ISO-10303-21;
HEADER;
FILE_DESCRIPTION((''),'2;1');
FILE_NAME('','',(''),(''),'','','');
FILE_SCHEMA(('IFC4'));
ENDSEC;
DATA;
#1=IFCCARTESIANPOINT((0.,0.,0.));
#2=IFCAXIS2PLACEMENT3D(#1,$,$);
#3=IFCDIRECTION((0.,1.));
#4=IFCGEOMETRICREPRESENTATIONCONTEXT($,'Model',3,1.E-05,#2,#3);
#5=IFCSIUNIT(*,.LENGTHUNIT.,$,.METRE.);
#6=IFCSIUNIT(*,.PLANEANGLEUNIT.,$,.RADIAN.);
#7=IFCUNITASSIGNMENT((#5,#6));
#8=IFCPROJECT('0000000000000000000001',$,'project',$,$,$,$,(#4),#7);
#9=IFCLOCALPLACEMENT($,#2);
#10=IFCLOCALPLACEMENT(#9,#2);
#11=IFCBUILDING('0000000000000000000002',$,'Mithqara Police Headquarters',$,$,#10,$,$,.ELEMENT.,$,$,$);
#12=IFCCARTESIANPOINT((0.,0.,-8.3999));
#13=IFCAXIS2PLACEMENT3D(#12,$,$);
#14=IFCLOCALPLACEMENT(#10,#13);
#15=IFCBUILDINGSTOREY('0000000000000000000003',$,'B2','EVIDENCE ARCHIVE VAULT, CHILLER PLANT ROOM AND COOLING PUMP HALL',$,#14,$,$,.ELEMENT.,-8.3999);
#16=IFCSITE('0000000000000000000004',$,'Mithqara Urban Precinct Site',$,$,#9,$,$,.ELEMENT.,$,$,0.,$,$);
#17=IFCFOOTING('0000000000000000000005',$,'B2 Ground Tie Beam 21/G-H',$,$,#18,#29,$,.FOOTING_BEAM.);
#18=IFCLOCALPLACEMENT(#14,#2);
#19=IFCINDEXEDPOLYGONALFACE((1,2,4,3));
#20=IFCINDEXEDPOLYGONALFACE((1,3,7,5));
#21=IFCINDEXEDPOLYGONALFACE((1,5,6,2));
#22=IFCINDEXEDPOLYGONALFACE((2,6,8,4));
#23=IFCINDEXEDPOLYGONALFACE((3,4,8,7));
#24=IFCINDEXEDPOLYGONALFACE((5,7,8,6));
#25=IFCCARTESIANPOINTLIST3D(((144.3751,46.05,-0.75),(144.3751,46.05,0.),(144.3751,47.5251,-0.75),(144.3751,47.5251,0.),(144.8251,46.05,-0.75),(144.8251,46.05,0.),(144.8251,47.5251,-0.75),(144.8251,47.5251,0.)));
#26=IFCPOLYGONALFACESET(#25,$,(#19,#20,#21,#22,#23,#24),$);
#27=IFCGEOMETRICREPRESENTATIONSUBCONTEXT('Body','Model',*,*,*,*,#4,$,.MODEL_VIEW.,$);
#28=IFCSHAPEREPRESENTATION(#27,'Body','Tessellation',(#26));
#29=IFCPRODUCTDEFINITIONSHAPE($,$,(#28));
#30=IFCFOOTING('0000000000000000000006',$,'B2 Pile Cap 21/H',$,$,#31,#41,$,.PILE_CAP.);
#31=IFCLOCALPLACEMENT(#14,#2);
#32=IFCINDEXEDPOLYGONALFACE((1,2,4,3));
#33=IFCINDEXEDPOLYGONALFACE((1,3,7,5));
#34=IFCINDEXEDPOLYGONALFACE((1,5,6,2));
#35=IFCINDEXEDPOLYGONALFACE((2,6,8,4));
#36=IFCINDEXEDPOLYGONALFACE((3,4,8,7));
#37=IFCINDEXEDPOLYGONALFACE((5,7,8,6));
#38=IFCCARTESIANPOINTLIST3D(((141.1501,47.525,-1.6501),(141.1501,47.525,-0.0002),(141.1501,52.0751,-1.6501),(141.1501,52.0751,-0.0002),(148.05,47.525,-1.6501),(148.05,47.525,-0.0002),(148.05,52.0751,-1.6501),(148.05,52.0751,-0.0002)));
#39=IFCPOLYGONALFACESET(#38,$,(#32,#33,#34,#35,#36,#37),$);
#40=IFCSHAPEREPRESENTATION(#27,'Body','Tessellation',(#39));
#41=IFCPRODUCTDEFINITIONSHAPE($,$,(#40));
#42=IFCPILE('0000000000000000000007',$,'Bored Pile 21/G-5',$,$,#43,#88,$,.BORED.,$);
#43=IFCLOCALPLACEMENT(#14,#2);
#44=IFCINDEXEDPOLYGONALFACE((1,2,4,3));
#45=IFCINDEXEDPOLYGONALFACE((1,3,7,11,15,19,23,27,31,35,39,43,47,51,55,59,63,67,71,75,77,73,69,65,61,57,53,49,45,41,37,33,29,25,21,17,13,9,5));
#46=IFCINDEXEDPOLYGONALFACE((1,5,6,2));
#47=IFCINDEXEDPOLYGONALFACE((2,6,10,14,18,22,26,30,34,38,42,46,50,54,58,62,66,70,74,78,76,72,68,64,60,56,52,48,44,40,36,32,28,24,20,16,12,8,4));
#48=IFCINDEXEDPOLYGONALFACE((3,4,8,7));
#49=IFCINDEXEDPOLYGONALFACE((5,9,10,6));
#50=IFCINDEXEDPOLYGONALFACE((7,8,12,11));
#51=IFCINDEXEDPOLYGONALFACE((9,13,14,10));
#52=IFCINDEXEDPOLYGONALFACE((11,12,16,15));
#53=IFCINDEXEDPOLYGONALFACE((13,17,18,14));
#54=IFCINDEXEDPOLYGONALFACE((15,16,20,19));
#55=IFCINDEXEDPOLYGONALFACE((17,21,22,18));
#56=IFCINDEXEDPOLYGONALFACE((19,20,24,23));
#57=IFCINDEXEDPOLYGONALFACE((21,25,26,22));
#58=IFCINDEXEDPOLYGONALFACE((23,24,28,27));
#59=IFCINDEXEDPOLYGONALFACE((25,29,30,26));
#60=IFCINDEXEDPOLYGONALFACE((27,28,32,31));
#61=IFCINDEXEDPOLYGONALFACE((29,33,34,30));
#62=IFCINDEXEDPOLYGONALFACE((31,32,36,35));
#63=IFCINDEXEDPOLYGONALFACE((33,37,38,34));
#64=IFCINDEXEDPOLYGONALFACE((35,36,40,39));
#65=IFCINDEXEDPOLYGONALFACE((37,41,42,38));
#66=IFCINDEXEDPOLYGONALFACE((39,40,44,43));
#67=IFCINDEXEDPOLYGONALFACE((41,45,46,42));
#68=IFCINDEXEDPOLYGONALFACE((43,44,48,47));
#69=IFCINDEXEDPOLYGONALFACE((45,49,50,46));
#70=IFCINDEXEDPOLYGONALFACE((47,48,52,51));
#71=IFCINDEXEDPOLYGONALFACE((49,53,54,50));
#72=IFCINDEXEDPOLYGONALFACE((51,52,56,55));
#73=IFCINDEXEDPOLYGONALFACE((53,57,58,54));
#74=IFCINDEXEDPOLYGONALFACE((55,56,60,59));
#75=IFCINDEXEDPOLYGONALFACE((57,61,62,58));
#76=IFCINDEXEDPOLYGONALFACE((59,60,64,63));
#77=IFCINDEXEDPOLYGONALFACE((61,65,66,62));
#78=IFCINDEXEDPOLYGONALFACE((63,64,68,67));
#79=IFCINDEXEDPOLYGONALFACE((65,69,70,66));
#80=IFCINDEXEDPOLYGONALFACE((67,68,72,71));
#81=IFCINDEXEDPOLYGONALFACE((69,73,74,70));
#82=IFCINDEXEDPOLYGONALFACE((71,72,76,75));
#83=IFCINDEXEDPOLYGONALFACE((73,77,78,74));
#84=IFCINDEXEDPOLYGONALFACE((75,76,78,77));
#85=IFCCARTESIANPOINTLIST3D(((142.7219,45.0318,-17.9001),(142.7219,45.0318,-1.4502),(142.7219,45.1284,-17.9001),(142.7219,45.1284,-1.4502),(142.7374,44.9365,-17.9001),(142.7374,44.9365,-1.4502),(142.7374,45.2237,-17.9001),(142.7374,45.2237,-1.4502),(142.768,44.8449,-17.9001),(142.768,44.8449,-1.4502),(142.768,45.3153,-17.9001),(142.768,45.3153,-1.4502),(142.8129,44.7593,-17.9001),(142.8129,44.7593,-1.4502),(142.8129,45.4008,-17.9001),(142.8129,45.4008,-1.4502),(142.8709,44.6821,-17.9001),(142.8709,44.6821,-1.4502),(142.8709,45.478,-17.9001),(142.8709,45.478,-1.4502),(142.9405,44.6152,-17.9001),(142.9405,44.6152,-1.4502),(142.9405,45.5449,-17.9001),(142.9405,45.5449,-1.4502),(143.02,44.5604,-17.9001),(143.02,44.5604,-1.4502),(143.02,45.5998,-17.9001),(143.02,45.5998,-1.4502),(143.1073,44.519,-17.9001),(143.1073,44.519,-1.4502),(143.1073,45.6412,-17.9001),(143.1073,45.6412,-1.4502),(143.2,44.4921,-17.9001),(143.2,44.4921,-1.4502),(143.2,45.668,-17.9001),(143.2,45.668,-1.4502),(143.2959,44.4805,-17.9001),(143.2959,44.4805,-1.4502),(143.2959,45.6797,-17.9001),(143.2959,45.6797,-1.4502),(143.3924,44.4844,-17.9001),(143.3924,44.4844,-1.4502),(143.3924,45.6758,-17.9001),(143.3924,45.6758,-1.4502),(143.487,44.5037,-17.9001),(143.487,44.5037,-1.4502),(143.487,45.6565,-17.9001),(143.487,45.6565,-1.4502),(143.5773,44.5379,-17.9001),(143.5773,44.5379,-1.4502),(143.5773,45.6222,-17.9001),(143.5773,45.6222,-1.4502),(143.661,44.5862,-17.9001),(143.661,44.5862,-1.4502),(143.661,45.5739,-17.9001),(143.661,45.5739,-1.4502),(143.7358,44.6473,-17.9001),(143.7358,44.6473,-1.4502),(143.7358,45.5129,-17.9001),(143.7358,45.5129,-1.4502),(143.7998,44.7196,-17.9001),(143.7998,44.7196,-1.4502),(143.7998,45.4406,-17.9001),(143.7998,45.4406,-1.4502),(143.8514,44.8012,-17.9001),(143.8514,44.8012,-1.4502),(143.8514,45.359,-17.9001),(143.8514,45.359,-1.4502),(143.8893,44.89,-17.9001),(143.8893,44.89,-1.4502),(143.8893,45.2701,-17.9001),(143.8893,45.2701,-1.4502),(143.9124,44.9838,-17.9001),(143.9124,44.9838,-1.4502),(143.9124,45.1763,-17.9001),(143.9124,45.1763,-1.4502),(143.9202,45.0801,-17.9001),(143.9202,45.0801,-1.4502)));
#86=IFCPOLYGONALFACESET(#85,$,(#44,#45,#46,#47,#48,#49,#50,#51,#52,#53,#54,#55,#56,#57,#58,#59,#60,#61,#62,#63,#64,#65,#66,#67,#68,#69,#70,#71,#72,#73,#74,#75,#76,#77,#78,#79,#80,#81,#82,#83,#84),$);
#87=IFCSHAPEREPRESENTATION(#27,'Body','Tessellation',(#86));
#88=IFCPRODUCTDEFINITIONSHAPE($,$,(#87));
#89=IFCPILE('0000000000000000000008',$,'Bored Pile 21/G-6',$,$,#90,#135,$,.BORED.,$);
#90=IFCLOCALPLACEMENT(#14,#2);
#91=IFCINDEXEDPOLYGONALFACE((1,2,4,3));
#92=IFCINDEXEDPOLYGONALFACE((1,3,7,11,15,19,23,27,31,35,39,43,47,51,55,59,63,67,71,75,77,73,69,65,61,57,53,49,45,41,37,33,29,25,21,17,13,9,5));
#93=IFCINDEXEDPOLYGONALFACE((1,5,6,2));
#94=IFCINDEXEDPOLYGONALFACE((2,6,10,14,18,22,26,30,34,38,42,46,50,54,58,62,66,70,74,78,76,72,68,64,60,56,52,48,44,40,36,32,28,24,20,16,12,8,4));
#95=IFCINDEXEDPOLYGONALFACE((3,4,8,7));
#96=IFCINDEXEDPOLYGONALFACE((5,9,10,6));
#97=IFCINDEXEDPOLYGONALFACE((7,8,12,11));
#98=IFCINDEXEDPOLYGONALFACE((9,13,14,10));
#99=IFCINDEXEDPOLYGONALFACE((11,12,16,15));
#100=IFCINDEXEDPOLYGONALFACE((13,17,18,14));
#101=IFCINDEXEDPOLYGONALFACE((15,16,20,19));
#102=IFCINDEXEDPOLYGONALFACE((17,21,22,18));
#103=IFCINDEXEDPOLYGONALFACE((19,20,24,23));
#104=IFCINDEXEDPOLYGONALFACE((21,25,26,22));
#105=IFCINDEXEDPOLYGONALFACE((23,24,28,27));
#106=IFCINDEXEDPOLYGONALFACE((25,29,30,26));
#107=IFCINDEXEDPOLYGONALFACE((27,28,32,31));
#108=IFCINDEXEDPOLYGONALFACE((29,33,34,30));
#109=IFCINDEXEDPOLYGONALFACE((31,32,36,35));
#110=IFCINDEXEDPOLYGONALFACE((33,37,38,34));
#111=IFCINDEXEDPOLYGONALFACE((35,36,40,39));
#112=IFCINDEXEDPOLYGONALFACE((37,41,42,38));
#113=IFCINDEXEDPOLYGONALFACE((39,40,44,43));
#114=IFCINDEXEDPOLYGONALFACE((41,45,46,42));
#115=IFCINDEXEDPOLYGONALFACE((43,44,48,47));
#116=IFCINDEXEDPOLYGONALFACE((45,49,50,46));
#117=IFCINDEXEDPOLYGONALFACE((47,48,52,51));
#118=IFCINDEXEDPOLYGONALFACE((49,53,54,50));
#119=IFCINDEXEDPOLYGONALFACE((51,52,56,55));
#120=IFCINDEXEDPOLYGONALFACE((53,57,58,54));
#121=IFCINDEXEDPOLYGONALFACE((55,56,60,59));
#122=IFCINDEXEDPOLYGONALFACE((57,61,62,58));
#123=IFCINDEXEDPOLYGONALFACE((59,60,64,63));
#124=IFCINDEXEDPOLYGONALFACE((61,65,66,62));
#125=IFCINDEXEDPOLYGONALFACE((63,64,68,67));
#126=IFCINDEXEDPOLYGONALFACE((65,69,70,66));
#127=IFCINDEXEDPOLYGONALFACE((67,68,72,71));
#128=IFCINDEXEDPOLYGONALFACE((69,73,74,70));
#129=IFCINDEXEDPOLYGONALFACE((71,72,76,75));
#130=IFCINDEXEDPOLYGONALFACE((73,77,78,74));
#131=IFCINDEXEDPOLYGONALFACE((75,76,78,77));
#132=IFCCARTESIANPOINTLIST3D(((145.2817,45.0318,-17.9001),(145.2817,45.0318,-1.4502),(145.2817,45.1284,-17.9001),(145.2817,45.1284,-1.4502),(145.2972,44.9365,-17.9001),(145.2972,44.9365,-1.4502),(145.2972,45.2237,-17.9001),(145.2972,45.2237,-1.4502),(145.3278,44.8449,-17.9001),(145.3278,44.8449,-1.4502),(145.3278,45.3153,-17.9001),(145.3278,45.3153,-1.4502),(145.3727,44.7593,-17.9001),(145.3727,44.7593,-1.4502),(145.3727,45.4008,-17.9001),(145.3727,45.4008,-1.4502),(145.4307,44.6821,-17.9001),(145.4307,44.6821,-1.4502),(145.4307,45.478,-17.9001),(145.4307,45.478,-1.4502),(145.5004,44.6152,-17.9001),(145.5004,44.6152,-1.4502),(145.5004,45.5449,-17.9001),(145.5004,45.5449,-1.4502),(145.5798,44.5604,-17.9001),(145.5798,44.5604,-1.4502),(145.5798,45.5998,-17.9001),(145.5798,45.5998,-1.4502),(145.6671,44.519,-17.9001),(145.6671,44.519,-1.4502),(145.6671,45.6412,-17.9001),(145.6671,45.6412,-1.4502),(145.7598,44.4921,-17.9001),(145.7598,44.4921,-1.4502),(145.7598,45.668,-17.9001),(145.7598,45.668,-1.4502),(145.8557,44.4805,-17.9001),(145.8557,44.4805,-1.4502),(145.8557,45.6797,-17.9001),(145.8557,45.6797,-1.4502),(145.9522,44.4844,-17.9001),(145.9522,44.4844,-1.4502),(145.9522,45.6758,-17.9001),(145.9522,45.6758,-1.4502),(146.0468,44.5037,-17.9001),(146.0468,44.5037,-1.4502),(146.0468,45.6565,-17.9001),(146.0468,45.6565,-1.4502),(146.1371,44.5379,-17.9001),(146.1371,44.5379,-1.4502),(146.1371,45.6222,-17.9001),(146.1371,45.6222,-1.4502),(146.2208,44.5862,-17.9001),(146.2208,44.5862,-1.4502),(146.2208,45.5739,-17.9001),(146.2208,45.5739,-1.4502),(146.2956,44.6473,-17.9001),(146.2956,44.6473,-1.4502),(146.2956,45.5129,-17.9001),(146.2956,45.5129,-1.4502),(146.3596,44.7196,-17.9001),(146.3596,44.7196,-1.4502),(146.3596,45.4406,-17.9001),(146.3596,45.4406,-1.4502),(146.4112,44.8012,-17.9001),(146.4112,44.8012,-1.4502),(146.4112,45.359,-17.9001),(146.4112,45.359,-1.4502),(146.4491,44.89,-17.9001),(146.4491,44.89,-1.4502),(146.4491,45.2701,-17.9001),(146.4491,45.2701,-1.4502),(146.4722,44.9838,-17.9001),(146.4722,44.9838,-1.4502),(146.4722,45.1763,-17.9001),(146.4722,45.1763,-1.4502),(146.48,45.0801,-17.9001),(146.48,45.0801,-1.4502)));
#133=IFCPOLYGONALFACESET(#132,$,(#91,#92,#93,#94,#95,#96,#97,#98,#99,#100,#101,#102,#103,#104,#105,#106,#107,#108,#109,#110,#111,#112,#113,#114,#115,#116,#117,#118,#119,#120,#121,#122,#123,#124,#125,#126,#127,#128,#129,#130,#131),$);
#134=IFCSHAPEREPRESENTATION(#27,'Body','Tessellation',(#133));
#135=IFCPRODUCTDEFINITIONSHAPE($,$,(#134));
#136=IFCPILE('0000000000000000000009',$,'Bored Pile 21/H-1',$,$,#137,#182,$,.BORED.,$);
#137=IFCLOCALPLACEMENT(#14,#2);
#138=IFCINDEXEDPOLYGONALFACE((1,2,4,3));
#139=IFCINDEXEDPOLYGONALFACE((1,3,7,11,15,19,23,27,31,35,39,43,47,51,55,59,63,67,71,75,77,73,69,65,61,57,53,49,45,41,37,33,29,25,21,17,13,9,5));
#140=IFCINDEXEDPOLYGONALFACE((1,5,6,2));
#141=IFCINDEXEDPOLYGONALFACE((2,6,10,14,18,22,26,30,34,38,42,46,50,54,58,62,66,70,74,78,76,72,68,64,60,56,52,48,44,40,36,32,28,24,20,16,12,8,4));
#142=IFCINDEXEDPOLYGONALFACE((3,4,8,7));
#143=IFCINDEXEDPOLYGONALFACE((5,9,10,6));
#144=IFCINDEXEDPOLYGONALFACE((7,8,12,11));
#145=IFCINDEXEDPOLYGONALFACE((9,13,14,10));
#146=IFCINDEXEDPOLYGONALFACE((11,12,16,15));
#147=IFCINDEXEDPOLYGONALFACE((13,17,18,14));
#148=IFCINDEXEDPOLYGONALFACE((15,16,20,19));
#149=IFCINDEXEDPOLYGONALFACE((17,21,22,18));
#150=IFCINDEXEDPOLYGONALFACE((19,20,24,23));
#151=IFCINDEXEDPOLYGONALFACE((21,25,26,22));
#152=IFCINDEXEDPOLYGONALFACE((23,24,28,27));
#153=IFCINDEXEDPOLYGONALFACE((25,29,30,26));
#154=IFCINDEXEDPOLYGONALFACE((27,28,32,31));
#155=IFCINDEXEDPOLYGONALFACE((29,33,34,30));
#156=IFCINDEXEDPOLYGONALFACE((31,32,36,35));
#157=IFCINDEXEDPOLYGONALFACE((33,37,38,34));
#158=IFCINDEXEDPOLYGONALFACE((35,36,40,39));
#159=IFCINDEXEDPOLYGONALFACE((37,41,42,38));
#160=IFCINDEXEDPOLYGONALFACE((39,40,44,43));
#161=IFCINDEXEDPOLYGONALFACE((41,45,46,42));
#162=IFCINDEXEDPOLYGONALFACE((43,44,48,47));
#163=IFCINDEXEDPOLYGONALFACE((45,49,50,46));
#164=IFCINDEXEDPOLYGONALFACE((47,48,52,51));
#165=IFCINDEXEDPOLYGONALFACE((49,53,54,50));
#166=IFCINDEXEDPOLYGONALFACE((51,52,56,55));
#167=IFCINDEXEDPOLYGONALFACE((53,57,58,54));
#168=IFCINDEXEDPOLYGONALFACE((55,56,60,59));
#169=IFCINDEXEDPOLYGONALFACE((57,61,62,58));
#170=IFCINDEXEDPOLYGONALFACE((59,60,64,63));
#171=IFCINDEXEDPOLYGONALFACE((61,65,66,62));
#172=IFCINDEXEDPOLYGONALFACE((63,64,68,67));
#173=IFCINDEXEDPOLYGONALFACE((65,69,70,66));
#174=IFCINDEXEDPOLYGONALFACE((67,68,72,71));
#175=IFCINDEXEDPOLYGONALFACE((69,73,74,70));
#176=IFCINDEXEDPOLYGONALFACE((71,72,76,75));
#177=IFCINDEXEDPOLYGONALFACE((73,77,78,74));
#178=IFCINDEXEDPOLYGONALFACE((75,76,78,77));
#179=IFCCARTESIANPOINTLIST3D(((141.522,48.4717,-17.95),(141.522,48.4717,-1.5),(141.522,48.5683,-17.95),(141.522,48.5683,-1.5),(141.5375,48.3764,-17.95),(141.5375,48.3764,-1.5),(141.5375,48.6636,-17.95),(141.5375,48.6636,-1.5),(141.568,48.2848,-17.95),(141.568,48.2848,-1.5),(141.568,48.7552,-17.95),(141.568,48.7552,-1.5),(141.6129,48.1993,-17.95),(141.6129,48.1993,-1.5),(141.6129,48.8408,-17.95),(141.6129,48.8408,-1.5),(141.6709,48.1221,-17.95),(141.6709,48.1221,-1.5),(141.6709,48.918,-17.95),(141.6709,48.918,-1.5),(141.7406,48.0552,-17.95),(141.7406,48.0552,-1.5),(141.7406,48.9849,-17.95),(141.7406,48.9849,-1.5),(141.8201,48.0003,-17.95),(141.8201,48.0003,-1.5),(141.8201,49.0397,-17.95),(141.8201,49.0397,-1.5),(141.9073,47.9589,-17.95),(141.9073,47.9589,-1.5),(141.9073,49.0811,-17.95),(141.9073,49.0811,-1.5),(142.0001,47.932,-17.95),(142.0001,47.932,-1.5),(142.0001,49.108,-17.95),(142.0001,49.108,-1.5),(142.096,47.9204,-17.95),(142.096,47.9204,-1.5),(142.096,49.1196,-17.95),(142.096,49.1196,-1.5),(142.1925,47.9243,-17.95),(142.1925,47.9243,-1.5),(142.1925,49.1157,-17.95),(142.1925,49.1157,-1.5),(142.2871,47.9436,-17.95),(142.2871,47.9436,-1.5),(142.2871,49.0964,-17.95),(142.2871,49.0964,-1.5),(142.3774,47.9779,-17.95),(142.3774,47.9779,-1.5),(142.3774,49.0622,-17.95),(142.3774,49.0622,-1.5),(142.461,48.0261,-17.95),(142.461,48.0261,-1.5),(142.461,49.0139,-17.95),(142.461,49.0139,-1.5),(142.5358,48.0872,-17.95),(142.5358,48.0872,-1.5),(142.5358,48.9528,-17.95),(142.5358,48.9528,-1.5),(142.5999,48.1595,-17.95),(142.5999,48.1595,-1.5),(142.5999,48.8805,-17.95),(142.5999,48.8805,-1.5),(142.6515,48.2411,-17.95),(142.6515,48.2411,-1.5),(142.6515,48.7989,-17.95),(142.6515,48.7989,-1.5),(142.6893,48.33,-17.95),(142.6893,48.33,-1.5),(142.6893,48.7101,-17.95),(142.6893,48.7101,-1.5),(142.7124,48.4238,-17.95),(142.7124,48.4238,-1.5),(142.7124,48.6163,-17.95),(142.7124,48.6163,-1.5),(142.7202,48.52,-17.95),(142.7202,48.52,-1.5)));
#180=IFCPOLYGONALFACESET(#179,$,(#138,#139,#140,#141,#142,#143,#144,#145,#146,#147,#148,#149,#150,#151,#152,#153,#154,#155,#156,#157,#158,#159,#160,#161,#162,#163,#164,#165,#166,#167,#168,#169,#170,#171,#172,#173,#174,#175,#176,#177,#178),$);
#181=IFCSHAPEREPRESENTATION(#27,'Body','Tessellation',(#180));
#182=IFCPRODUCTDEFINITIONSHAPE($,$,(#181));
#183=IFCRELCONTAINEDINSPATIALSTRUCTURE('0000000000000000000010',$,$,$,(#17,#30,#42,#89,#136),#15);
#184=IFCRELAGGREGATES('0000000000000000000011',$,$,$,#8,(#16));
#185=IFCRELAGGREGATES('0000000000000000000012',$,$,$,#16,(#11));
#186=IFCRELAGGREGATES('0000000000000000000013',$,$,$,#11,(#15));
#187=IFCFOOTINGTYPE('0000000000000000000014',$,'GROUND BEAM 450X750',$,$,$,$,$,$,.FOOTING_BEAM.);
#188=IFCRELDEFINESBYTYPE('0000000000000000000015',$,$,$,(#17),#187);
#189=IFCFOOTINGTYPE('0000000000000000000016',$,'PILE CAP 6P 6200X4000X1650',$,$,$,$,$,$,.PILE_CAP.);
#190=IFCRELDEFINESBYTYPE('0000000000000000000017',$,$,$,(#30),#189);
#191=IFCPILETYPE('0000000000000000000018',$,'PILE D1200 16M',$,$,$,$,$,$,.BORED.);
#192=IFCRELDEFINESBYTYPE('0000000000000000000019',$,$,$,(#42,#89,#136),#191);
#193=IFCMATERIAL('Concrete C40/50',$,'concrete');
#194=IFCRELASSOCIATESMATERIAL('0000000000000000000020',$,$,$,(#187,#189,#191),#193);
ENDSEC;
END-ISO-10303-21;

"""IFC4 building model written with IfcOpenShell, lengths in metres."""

from ifc_helpers import new_model, si_unit, direction, frame, origin, origin_2d, place, context, subcontext, project, spatial, rectangle, circle, extrude, material, material_profile, profile_set, type_object, element, save


model = new_model("IFC4")

# Units and contexts
model_context = context("Model", 3, precision=1e-05, world=origin(), true_north=direction((0.0, 1.0)))
body_context = subcontext(model_context, "Body", "Model", "MODEL_VIEW")
ifc_project = project(units=[si_unit("LENGTHUNIT", "METRE"), si_unit("PLANEANGLEUNIT", "RADIAN")], contexts=[model_context])

# Site, building, storey
site_placement = place(None, origin())
site = spatial("IfcSite", under=ifc_project, at=site_placement, Name="Mithqara Urban Precinct Site", CompositionType="ELEMENT", RefElevation=0.0)
building_placement = place(site_placement, origin())
building = spatial("IfcBuilding", under=site, at=building_placement, Name="Mithqara Police Headquarters", CompositionType="ELEMENT")
storey_placement = place(building_placement, frame((0.0, 0.0, -8.3999)))
storey = spatial("IfcBuildingStorey", under=building, at=storey_placement, Name="B2", Description="EVIDENCE ARCHIVE VAULT, CHILLER PLANT ROOM AND COOLING PUMP HALL", CompositionType="ELEMENT", Elevation=-8.3999)

# Footings
ifc_material_1 = material(Name="Concrete C40/50", Category="concrete")
footing_type_1 = type_object("IfcFootingType", Name="GROUND BEAM 450X750", PredefinedType="FOOTING_BEAM", material=ifc_material_1)
footing_1_placement = place(storey_placement, frame((144.6001, 46.7876, -0.75), z_axis=(0.0, 0.0, 1.0), x_axis=(1.0, 0.0, 0.0)))
element("IfcFooting", 1, at=footing_1_placement, inside=storey, type_object=footing_type_1, Name="B2 Ground Tie Beam 21/G-H", PredefinedType="FOOTING_BEAM", context=body_context, shape_type="SweptSolid", body=[
    extrude(rectangle(XDim=0.45, YDim=1.4751, at=origin_2d()), origin(), (0.0, 0.0, 1.0), 0.75),
])
footing_type_2 = type_object("IfcFootingType", Name="PILE CAP 6P 6200X4000X1650", PredefinedType="PILE_CAP", material=ifc_material_1)
footing_2_placement = place(storey_placement, frame((144.6001, 49.8, -1.6501), z_axis=(0.0, 0.0, 1.0), x_axis=(1.0, 0.0, 0.0)))
element("IfcFooting", 2, at=footing_2_placement, inside=storey, type_object=footing_type_2, Name="B2 Pile Cap 21/H", PredefinedType="PILE_CAP", context=body_context, shape_type="SweptSolid", body=[
    extrude(rectangle(XDim=6.8999, YDim=4.55, at=origin_2d()), origin(), (0.0, 0.0, 1.0), 1.6499),
])

# Piles
ifc_material_profile_1 = material_profile(ifc_material_1, circle(Radius=0.6001, at=origin_2d()), Name="PILE D1200")
ifc_profile_set_1 = profile_set([ifc_material_profile_1], Name="Concrete C40/50")
pile_type = type_object("IfcPileType", Name="PILE D1200 16M", PredefinedType="BORED", material=ifc_profile_set_1)
for number, where, z_axis, x_axis, name in (
    (3, (143.3201, 45.0801, -1.4502), (0.0, 0.0, -1.0), (1.0, 0.0, 0.0), "Bored Pile 21/G-5"),
    (4, (145.8799, 45.0801, -1.4502), (0.0, 0.0, -1.0), (1.0, 0.0, 0.0), "Bored Pile 21/G-6"),
    (5, (142.1201, 48.52, -1.5), (0.0, 0.0, -1.0), (1.0, 0.0, 0.0), "Bored Pile 21/H-1"),
):
    element("IfcPile", number, at=place(storey_placement, frame(where, z_axis=z_axis, x_axis=x_axis)), inside=storey, type_object=pile_type, Name=name, PredefinedType="BORED", context=body_context, shape_type="SweptSolid", body=[
        extrude(circle(Radius=0.6001, at=origin_2d()), origin(), (0.0, 0.0, 1.0), 16.45),
    ])

save(model, "model.ifc")
